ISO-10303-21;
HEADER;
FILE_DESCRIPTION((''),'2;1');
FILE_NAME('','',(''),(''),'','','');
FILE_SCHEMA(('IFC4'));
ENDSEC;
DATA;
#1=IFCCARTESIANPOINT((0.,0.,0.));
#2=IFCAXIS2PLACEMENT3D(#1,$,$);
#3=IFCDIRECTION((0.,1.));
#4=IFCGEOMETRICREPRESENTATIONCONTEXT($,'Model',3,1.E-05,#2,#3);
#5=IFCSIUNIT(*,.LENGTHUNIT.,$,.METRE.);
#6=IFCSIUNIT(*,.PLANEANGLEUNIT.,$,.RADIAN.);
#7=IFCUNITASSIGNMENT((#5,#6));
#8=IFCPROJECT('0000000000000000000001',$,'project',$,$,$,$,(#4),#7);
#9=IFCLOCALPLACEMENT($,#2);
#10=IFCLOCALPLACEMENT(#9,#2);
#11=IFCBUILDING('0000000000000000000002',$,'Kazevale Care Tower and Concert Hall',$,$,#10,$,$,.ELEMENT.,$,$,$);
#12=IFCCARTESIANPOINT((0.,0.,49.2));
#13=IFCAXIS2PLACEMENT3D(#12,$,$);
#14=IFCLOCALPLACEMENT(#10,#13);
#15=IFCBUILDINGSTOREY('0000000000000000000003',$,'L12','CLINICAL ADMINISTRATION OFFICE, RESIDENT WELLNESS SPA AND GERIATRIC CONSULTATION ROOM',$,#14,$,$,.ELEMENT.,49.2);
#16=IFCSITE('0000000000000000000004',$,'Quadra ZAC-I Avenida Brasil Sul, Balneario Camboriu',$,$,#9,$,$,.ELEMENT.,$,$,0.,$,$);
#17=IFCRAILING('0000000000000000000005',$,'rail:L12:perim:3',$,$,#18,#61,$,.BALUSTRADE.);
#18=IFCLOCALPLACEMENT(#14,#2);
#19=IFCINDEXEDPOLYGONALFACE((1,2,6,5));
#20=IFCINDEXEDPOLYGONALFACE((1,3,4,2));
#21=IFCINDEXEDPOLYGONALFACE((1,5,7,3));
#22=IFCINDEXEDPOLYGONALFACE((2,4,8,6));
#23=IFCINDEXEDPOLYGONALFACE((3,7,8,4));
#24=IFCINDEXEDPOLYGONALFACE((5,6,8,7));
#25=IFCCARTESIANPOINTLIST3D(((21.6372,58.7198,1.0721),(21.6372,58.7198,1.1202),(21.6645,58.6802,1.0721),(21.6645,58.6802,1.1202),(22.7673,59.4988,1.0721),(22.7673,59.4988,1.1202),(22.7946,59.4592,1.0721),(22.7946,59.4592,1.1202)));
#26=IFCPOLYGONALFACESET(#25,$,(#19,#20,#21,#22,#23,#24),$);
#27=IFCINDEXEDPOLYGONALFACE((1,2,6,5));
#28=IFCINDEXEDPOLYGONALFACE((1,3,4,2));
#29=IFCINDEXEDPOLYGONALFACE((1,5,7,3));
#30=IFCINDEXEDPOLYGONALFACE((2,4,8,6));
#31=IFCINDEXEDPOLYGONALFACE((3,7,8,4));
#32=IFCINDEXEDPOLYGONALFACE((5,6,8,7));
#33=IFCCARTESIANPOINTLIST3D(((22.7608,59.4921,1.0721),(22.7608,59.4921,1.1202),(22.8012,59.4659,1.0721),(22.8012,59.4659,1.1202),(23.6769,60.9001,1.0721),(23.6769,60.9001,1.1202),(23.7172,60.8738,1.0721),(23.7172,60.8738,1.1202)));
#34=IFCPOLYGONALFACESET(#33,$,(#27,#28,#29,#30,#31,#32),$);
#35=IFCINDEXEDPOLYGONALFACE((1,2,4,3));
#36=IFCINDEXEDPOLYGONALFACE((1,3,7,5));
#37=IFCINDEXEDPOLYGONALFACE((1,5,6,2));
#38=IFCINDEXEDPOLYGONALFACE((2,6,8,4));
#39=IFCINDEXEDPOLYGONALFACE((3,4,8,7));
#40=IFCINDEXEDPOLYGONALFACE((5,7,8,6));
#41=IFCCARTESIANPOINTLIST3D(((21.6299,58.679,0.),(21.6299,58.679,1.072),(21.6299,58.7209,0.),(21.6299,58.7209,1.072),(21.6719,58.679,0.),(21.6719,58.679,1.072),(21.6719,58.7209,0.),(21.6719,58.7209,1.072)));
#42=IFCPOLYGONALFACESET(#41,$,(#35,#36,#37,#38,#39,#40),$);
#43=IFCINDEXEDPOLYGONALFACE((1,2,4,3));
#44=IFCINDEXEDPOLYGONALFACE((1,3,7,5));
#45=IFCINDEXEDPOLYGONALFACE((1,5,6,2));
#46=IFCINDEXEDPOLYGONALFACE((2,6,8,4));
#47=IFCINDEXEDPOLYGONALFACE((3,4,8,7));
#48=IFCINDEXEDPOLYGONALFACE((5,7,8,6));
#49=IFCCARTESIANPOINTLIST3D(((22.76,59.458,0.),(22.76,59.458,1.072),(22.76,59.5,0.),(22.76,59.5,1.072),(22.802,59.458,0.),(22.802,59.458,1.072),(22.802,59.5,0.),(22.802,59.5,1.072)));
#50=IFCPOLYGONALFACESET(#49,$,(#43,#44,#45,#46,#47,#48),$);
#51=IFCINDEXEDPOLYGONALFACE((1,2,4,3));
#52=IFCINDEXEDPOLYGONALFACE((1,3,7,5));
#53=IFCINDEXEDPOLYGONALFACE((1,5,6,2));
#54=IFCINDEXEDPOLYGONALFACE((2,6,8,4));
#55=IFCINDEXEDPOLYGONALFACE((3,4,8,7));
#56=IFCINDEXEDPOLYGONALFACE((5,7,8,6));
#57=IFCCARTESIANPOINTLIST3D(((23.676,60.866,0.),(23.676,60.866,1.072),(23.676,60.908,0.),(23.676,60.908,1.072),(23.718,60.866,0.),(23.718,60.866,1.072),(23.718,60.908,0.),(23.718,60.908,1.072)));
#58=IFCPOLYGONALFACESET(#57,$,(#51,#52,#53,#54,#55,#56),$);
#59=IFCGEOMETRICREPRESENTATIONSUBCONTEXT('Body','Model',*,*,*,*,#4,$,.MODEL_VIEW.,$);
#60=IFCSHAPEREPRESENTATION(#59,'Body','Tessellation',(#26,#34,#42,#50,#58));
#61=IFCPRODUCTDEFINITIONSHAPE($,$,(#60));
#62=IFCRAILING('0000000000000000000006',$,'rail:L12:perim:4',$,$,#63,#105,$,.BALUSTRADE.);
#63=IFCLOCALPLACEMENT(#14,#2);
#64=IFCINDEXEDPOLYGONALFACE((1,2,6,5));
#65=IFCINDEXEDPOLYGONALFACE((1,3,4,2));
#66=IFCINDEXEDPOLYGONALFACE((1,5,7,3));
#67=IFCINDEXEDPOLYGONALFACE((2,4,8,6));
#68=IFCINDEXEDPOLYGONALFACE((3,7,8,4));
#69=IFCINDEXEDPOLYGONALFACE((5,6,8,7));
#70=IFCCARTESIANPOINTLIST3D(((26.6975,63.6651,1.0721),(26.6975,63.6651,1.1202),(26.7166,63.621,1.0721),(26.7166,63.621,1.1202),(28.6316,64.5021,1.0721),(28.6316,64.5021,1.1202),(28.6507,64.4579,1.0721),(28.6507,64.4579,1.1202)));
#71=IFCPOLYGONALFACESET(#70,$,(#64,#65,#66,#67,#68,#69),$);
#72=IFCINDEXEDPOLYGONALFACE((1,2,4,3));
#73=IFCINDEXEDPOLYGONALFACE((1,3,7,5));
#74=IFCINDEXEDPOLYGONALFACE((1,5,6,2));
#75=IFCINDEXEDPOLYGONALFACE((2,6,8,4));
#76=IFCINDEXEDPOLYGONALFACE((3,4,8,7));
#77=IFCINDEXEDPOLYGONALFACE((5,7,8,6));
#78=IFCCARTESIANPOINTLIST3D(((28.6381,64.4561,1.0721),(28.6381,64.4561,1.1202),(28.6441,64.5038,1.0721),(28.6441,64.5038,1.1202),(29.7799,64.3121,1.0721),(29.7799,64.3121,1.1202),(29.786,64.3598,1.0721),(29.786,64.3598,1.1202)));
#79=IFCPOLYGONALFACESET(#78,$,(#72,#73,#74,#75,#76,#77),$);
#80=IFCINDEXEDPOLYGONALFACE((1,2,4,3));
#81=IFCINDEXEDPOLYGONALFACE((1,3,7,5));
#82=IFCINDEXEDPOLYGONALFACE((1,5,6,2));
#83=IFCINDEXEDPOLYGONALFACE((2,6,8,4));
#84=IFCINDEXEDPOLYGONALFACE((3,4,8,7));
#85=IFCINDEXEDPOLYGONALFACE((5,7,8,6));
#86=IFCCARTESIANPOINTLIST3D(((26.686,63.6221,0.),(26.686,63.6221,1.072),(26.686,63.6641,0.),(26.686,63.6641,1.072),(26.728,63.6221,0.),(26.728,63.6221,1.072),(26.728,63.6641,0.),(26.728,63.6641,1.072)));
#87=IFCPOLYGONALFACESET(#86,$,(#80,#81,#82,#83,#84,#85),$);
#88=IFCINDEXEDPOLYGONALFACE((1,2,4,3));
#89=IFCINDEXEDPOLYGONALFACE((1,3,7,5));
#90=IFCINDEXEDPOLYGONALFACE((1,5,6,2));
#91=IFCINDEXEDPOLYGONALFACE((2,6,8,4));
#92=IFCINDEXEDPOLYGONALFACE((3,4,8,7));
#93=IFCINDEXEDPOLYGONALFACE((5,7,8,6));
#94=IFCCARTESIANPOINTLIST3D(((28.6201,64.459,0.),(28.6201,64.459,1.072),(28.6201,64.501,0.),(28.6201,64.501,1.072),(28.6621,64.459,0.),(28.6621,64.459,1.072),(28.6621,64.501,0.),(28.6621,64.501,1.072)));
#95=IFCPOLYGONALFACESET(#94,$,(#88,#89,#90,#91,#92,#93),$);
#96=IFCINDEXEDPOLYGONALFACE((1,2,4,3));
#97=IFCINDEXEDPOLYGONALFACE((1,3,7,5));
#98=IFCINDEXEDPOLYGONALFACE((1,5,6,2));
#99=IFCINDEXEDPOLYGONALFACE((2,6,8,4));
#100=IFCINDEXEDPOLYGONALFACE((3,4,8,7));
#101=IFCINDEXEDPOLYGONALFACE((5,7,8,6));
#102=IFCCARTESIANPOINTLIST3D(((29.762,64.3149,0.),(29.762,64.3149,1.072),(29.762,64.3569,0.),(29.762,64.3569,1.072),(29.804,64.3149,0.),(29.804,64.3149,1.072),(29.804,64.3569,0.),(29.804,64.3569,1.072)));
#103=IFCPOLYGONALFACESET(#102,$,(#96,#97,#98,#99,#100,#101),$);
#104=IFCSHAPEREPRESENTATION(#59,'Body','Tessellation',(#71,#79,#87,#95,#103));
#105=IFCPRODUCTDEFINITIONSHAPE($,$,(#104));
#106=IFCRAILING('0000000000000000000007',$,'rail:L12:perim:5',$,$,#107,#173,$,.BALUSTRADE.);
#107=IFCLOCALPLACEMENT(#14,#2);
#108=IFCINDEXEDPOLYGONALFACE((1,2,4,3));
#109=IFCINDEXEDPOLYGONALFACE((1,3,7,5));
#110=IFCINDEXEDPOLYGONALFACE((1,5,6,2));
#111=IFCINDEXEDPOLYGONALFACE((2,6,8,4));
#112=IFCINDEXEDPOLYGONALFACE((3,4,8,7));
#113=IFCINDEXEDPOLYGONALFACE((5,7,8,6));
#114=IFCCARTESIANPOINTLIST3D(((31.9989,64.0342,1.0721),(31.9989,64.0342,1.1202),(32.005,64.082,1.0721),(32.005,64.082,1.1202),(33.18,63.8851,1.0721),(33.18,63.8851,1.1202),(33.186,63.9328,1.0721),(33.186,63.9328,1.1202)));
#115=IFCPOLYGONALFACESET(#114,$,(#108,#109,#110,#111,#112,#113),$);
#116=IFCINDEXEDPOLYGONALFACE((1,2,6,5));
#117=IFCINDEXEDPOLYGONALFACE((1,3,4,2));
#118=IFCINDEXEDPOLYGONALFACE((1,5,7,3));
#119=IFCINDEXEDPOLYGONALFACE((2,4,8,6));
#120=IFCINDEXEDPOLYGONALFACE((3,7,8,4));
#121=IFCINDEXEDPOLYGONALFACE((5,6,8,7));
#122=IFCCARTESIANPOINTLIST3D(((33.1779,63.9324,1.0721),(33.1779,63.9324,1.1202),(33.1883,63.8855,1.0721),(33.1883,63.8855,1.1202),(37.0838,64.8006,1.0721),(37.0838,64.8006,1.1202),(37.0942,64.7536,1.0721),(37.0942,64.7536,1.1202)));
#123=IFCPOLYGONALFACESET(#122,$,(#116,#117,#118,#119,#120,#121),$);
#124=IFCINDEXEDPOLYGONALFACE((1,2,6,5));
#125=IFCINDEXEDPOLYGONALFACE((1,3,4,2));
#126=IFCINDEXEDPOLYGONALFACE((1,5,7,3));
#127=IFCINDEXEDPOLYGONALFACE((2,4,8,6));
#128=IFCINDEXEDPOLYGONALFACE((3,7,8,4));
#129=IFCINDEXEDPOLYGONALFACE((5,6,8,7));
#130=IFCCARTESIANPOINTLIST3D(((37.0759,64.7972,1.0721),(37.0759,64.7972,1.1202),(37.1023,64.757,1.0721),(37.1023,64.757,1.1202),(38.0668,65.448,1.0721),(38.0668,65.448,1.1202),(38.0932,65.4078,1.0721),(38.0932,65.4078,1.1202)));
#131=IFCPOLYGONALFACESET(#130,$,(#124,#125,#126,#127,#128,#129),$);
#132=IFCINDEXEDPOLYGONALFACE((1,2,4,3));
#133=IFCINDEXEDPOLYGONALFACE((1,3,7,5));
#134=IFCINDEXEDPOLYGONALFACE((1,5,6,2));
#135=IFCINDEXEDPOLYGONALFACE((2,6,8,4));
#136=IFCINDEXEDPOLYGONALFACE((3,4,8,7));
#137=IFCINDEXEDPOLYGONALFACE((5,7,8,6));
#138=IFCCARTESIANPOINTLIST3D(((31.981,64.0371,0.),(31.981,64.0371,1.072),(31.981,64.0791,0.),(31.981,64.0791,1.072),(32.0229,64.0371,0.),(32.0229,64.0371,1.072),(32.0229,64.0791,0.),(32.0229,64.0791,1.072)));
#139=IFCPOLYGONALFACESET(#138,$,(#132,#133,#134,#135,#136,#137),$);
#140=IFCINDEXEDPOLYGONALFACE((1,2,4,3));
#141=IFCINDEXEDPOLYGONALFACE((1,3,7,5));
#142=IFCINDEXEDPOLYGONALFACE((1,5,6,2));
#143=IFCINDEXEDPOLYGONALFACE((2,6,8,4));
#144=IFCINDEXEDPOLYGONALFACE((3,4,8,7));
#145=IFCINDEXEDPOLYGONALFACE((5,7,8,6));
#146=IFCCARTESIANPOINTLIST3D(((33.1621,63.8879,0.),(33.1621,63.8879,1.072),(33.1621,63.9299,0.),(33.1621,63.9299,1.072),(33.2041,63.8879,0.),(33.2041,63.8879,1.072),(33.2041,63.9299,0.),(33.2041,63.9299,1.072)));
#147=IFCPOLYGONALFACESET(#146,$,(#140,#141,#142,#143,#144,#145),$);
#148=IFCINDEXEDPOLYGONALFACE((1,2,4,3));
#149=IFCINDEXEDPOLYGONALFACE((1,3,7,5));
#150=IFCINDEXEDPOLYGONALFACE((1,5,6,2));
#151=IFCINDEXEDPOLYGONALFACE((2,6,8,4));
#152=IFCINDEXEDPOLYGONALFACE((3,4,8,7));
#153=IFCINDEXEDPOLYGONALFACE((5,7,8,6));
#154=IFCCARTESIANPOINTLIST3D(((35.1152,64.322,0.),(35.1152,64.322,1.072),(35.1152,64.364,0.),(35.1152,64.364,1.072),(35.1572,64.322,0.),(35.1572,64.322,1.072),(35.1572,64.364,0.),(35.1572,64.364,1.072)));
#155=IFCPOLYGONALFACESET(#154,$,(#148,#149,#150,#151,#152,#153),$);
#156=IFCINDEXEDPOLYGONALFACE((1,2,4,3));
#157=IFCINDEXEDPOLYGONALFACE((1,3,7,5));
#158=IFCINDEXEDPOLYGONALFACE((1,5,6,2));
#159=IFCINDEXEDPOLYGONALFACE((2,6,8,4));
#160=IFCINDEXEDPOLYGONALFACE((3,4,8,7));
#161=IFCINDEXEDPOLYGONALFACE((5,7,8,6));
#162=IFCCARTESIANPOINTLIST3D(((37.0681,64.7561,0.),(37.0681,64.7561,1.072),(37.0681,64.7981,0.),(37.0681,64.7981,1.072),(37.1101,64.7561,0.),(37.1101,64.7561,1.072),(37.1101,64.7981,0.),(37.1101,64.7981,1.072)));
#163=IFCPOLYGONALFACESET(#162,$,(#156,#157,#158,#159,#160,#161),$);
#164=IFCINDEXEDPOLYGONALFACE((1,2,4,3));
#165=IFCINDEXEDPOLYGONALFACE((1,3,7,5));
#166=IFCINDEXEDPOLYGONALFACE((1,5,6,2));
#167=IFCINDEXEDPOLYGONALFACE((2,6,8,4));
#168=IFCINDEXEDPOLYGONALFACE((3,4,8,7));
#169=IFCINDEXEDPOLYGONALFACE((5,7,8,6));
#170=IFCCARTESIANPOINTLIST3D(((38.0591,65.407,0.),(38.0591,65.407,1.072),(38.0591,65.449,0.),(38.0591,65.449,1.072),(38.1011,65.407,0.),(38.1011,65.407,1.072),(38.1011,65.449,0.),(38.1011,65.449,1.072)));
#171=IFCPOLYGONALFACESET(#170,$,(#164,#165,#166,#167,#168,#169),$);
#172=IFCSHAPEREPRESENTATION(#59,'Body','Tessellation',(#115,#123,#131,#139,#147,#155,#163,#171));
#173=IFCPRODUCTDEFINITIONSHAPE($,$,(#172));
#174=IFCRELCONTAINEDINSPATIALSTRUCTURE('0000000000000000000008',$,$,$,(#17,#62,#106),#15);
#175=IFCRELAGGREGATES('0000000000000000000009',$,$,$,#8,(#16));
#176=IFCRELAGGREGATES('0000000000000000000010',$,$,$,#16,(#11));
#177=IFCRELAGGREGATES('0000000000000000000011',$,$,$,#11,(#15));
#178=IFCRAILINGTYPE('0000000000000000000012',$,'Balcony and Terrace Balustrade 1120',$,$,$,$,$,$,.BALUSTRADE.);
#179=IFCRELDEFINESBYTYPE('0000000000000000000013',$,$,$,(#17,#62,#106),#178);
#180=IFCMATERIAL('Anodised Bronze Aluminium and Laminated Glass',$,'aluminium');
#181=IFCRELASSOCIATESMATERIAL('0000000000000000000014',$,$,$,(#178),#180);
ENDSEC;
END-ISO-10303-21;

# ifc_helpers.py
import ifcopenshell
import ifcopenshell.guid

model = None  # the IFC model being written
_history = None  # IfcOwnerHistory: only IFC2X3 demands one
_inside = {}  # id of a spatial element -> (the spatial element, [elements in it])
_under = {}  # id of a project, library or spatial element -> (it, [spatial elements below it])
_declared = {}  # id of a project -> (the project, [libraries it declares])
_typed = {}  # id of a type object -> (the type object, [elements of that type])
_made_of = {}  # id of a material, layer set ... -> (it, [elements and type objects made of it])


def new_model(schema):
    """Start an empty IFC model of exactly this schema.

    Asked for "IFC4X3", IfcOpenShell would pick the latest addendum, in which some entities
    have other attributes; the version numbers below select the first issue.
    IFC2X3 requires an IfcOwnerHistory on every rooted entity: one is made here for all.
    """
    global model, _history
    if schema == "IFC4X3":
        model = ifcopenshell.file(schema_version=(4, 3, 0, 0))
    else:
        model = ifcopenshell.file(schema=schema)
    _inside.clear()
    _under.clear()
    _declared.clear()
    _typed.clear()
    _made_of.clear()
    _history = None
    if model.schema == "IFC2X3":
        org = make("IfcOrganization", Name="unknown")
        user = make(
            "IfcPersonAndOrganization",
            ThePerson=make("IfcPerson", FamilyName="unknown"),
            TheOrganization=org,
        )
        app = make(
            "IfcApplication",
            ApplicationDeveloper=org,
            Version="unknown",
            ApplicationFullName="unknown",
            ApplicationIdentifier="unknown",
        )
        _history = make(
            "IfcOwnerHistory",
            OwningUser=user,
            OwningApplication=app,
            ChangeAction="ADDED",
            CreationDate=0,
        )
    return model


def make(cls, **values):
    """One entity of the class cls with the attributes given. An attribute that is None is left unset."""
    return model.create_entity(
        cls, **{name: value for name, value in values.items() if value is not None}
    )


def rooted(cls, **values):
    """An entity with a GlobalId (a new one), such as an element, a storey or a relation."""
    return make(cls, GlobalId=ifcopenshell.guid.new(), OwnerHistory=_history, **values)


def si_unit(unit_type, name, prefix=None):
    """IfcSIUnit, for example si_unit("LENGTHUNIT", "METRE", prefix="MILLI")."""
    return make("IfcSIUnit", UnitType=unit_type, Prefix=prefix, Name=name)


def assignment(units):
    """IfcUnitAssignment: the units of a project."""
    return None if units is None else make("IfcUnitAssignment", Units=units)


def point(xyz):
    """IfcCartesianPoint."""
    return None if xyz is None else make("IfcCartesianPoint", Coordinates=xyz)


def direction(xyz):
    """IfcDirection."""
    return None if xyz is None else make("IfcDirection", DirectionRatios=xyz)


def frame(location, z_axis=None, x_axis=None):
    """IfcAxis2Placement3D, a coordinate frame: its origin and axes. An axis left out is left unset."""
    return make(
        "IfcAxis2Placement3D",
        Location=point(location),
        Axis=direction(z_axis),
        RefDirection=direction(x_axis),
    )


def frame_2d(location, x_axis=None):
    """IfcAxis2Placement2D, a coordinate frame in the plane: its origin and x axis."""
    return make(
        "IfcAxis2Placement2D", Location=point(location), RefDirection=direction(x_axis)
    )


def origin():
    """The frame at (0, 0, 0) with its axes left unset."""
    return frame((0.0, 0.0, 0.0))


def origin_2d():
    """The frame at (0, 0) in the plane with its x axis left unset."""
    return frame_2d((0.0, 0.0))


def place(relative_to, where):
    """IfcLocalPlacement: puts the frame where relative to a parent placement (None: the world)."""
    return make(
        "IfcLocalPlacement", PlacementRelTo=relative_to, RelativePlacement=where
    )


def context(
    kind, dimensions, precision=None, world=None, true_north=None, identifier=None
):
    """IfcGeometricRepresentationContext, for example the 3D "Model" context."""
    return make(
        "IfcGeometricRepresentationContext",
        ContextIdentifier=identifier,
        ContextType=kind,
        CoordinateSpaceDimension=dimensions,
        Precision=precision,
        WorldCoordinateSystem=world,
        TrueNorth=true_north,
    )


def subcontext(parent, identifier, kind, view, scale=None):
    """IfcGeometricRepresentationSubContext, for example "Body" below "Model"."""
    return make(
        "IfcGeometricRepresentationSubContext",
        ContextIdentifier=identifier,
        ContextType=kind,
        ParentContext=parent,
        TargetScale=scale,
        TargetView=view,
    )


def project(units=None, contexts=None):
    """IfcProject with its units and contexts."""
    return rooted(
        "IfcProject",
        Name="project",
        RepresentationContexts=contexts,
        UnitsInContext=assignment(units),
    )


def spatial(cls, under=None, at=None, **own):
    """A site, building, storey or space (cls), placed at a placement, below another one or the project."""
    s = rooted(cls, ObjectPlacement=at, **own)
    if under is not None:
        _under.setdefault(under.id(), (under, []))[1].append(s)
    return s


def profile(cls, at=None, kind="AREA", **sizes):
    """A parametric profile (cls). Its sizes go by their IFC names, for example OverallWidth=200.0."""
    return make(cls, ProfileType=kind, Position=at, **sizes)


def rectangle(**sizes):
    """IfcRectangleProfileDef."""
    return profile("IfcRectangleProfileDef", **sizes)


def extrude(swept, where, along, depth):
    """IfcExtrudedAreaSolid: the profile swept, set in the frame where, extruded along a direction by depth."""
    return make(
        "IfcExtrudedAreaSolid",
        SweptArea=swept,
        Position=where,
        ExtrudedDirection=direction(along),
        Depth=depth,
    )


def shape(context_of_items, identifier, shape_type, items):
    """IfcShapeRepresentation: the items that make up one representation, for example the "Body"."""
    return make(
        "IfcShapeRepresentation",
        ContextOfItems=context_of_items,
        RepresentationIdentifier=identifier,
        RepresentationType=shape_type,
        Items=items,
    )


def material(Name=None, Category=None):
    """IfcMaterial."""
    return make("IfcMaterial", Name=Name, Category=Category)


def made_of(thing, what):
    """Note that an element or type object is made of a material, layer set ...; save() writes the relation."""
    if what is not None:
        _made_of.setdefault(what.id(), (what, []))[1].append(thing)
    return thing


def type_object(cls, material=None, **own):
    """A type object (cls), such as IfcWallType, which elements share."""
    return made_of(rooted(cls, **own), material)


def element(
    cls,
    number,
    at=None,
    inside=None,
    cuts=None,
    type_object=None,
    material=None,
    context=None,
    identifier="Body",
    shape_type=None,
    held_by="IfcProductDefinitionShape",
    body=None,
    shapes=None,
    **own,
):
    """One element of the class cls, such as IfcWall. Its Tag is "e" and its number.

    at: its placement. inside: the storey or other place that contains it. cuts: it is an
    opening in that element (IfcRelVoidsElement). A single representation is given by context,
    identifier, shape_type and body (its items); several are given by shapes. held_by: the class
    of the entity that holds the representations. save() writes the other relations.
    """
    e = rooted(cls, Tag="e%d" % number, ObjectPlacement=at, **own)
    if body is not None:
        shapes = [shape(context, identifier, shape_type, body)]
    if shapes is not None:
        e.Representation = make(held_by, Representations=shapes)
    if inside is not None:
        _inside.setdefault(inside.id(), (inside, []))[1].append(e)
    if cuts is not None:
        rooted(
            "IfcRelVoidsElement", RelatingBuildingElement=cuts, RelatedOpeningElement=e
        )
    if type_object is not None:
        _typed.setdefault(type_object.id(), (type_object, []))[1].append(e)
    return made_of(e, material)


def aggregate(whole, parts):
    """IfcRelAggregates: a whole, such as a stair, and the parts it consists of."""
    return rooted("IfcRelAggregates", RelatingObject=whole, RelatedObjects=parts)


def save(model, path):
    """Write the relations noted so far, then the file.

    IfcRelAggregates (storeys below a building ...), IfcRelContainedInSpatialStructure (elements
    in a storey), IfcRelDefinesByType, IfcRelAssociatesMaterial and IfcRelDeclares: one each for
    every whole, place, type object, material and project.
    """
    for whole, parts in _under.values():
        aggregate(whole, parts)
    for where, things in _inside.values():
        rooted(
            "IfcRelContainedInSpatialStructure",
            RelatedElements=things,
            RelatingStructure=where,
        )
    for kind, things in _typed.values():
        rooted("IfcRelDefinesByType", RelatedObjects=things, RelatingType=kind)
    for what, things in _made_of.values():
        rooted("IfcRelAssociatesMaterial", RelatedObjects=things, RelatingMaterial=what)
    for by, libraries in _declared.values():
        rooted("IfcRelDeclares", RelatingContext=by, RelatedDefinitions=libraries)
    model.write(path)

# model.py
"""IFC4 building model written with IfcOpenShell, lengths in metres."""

from ifc_helpers import new_model, si_unit, direction, frame, origin, origin_2d, place, context, subcontext, project, spatial, rectangle, extrude, material, type_object, element, save


model = new_model("IFC4")

# Units and contexts
model_context = context("Model", 3, precision=1e-05, world=origin(), true_north=direction((0.0, 1.0)))
body_context = subcontext(model_context, "Body", "Model", "MODEL_VIEW")
ifc_project = project(units=[si_unit("LENGTHUNIT", "METRE"), si_unit("PLANEANGLEUNIT", "RADIAN")], contexts=[model_context])

# Site, building, storey
site_placement = place(None, origin())
site = spatial("IfcSite", under=ifc_project, at=site_placement, Name="Quadra ZAC-I Avenida Brasil Sul, Balneario Camboriu", CompositionType="ELEMENT", RefElevation=0.0)
building_placement = place(site_placement, origin())
building = spatial("IfcBuilding", under=site, at=building_placement, Name="Kazevale Care Tower and Concert Hall", CompositionType="ELEMENT")
storey_placement = place(building_placement, frame((0.0, 0.0, 49.2)))
storey = spatial("IfcBuildingStorey", under=building, at=storey_placement, Name="L12", Description="CLINICAL ADMINISTRATION OFFICE, RESIDENT WELLNESS SPA AND GERIATRIC CONSULTATION ROOM", CompositionType="ELEMENT", Elevation=49.2)

# Railings
ifc_material_1 = material(Name="Anodised Bronze Aluminium and Laminated Glass", Category="aluminium")
railing_type = type_object("IfcRailingType", Name="Balcony and Terrace Balustrade 1120", PredefinedType="BALUSTRADE", material=ifc_material_1)
railing_1_placement = place(storey_placement, frame((21.6509, 58.7, 0.0)))
element("IfcRailing", 1, at=railing_1_placement, inside=storey, type_object=railing_type, Name="rail:L12:perim:3", PredefinedType="BALUSTRADE", context=body_context, shape_type="SweptSolid", body=[
    extrude(rectangle(XDim=0.0481, YDim=0.0481, at=origin_2d()), frame((0.0, 0.0, 1.0962), z_axis=(0.82333, 0.567563, 0.0), x_axis=(-0.567563, 0.82333, 0.0)), (0.0, 0.0, 1.0), 1.3726),
    extrude(rectangle(XDim=0.0481, YDim=0.0481, at=origin_2d()), frame((1.1301, 0.7791, 1.0962), z_axis=(0.545341, 0.838214, 0.0), x_axis=(-0.838214, 0.545341, 0.0)), (0.0, 0.0, 1.0), 1.6797),
    extrude(rectangle(XDim=0.042, YDim=0.042, at=origin_2d()), origin(), (0.0, 0.0, 1.0), 1.072),
    extrude(rectangle(XDim=0.042, YDim=0.042, at=origin_2d()), frame((1.1301, 0.7791, 0.0)), (0.0, 0.0, 1.0), 1.072),
    extrude(rectangle(XDim=0.042, YDim=0.042, at=origin_2d()), frame((2.0461, 2.187, 0.0)), (0.0, 0.0, 1.0), 1.072),
])
railing_2_placement = place(storey_placement, frame((26.707, 63.6431, 0.0)))
element("IfcRailing", 2, at=railing_2_placement, inside=storey, type_object=railing_type, Name="rail:L12:perim:4", PredefinedType="BALUSTRADE", context=body_context, shape_type="SweptSolid", body=[
    extrude(rectangle(XDim=0.0481, YDim=0.0481, at=origin_2d()), frame((0.0, 0.0, 1.0962), z_axis=(0.917761, 0.397133, 0.0), x_axis=(-0.397133, 0.917761, 0.0)), (0.0, 0.0, 1.0), 2.1074),
    extrude(rectangle(XDim=0.0481, YDim=0.0481, at=origin_2d()), frame((1.9341, 0.8369, 1.0962), z_axis=(0.992137, -0.125157, 0.0), x_axis=(0.125157, 0.992137, 0.0)), (0.0, 0.0, 1.0), 1.1509),
    extrude(rectangle(XDim=0.042, YDim=0.042, at=origin_2d()), origin(), (0.0, 0.0, 1.0), 1.072),
    extrude(rectangle(XDim=0.042, YDim=0.042, at=origin_2d()), frame((1.9341, 0.8369, 0.0)), (0.0, 0.0, 1.0), 1.072),
    extrude(rectangle(XDim=0.042, YDim=0.042, at=origin_2d()), frame((3.0759, 0.6929, 0.0)), (0.0, 0.0, 1.0), 1.072),
])
railing_3_placement = place(storey_placement, frame((32.002, 64.0581, 0.0)))
element("IfcRailing", 3, at=railing_3_placement, inside=storey, type_object=railing_type, Name="rail:L12:perim:5", PredefinedType="BALUSTRADE", context=body_context, shape_type="SweptSolid", body=[
    extrude(rectangle(XDim=0.0481, YDim=0.0481, at=origin_2d()), frame((0.0, 0.0, 1.0962), z_axis=(0.992119, -0.125297, 0.0), x_axis=(0.125297, 0.992119, 0.0)), (0.0, 0.0, 1.0), 1.1904),
    extrude(rectangle(XDim=0.0481, YDim=0.0481, at=origin_2d()), frame((1.1812, -0.1492, 1.0962), z_axis=(0.976178, 0.216969, 0.0), x_axis=(-0.216969, 0.976178, 0.0)), (0.0, 0.0, 1.0), 4.0012),
    extrude(rectangle(XDim=0.0481, YDim=0.0481, at=origin_2d()), frame((5.0872, 0.719, 1.0962), z_axis=(0.835832, 0.548985, 0.0), x_axis=(-0.548985, 0.835832, 0.0)), (0.0, 0.0, 1.0), 1.1855),
    extrude(rectangle(XDim=0.042, YDim=0.042, at=origin_2d()), origin(), (0.0, 0.0, 1.0), 1.072),
    extrude(rectangle(XDim=0.042, YDim=0.042, at=origin_2d()), frame((1.1812, -0.1492, 0.0)), (0.0, 0.0, 1.0), 1.072),
    extrude(rectangle(XDim=0.042, YDim=0.042, at=origin_2d()), frame((3.1343, 0.2849, 0.0)), (0.0, 0.0, 1.0), 1.072),
    extrude(rectangle(XDim=0.042, YDim=0.042, at=origin_2d()), frame((5.0872, 0.719, 0.0)), (0.0, 0.0, 1.0), 1.072),
    extrude(rectangle(XDim=0.042, YDim=0.042, at=origin_2d()), frame((6.0781, 1.3699, 0.0)), (0.0, 0.0, 1.0), 1.072),
])

save(model, "model.ifc")
